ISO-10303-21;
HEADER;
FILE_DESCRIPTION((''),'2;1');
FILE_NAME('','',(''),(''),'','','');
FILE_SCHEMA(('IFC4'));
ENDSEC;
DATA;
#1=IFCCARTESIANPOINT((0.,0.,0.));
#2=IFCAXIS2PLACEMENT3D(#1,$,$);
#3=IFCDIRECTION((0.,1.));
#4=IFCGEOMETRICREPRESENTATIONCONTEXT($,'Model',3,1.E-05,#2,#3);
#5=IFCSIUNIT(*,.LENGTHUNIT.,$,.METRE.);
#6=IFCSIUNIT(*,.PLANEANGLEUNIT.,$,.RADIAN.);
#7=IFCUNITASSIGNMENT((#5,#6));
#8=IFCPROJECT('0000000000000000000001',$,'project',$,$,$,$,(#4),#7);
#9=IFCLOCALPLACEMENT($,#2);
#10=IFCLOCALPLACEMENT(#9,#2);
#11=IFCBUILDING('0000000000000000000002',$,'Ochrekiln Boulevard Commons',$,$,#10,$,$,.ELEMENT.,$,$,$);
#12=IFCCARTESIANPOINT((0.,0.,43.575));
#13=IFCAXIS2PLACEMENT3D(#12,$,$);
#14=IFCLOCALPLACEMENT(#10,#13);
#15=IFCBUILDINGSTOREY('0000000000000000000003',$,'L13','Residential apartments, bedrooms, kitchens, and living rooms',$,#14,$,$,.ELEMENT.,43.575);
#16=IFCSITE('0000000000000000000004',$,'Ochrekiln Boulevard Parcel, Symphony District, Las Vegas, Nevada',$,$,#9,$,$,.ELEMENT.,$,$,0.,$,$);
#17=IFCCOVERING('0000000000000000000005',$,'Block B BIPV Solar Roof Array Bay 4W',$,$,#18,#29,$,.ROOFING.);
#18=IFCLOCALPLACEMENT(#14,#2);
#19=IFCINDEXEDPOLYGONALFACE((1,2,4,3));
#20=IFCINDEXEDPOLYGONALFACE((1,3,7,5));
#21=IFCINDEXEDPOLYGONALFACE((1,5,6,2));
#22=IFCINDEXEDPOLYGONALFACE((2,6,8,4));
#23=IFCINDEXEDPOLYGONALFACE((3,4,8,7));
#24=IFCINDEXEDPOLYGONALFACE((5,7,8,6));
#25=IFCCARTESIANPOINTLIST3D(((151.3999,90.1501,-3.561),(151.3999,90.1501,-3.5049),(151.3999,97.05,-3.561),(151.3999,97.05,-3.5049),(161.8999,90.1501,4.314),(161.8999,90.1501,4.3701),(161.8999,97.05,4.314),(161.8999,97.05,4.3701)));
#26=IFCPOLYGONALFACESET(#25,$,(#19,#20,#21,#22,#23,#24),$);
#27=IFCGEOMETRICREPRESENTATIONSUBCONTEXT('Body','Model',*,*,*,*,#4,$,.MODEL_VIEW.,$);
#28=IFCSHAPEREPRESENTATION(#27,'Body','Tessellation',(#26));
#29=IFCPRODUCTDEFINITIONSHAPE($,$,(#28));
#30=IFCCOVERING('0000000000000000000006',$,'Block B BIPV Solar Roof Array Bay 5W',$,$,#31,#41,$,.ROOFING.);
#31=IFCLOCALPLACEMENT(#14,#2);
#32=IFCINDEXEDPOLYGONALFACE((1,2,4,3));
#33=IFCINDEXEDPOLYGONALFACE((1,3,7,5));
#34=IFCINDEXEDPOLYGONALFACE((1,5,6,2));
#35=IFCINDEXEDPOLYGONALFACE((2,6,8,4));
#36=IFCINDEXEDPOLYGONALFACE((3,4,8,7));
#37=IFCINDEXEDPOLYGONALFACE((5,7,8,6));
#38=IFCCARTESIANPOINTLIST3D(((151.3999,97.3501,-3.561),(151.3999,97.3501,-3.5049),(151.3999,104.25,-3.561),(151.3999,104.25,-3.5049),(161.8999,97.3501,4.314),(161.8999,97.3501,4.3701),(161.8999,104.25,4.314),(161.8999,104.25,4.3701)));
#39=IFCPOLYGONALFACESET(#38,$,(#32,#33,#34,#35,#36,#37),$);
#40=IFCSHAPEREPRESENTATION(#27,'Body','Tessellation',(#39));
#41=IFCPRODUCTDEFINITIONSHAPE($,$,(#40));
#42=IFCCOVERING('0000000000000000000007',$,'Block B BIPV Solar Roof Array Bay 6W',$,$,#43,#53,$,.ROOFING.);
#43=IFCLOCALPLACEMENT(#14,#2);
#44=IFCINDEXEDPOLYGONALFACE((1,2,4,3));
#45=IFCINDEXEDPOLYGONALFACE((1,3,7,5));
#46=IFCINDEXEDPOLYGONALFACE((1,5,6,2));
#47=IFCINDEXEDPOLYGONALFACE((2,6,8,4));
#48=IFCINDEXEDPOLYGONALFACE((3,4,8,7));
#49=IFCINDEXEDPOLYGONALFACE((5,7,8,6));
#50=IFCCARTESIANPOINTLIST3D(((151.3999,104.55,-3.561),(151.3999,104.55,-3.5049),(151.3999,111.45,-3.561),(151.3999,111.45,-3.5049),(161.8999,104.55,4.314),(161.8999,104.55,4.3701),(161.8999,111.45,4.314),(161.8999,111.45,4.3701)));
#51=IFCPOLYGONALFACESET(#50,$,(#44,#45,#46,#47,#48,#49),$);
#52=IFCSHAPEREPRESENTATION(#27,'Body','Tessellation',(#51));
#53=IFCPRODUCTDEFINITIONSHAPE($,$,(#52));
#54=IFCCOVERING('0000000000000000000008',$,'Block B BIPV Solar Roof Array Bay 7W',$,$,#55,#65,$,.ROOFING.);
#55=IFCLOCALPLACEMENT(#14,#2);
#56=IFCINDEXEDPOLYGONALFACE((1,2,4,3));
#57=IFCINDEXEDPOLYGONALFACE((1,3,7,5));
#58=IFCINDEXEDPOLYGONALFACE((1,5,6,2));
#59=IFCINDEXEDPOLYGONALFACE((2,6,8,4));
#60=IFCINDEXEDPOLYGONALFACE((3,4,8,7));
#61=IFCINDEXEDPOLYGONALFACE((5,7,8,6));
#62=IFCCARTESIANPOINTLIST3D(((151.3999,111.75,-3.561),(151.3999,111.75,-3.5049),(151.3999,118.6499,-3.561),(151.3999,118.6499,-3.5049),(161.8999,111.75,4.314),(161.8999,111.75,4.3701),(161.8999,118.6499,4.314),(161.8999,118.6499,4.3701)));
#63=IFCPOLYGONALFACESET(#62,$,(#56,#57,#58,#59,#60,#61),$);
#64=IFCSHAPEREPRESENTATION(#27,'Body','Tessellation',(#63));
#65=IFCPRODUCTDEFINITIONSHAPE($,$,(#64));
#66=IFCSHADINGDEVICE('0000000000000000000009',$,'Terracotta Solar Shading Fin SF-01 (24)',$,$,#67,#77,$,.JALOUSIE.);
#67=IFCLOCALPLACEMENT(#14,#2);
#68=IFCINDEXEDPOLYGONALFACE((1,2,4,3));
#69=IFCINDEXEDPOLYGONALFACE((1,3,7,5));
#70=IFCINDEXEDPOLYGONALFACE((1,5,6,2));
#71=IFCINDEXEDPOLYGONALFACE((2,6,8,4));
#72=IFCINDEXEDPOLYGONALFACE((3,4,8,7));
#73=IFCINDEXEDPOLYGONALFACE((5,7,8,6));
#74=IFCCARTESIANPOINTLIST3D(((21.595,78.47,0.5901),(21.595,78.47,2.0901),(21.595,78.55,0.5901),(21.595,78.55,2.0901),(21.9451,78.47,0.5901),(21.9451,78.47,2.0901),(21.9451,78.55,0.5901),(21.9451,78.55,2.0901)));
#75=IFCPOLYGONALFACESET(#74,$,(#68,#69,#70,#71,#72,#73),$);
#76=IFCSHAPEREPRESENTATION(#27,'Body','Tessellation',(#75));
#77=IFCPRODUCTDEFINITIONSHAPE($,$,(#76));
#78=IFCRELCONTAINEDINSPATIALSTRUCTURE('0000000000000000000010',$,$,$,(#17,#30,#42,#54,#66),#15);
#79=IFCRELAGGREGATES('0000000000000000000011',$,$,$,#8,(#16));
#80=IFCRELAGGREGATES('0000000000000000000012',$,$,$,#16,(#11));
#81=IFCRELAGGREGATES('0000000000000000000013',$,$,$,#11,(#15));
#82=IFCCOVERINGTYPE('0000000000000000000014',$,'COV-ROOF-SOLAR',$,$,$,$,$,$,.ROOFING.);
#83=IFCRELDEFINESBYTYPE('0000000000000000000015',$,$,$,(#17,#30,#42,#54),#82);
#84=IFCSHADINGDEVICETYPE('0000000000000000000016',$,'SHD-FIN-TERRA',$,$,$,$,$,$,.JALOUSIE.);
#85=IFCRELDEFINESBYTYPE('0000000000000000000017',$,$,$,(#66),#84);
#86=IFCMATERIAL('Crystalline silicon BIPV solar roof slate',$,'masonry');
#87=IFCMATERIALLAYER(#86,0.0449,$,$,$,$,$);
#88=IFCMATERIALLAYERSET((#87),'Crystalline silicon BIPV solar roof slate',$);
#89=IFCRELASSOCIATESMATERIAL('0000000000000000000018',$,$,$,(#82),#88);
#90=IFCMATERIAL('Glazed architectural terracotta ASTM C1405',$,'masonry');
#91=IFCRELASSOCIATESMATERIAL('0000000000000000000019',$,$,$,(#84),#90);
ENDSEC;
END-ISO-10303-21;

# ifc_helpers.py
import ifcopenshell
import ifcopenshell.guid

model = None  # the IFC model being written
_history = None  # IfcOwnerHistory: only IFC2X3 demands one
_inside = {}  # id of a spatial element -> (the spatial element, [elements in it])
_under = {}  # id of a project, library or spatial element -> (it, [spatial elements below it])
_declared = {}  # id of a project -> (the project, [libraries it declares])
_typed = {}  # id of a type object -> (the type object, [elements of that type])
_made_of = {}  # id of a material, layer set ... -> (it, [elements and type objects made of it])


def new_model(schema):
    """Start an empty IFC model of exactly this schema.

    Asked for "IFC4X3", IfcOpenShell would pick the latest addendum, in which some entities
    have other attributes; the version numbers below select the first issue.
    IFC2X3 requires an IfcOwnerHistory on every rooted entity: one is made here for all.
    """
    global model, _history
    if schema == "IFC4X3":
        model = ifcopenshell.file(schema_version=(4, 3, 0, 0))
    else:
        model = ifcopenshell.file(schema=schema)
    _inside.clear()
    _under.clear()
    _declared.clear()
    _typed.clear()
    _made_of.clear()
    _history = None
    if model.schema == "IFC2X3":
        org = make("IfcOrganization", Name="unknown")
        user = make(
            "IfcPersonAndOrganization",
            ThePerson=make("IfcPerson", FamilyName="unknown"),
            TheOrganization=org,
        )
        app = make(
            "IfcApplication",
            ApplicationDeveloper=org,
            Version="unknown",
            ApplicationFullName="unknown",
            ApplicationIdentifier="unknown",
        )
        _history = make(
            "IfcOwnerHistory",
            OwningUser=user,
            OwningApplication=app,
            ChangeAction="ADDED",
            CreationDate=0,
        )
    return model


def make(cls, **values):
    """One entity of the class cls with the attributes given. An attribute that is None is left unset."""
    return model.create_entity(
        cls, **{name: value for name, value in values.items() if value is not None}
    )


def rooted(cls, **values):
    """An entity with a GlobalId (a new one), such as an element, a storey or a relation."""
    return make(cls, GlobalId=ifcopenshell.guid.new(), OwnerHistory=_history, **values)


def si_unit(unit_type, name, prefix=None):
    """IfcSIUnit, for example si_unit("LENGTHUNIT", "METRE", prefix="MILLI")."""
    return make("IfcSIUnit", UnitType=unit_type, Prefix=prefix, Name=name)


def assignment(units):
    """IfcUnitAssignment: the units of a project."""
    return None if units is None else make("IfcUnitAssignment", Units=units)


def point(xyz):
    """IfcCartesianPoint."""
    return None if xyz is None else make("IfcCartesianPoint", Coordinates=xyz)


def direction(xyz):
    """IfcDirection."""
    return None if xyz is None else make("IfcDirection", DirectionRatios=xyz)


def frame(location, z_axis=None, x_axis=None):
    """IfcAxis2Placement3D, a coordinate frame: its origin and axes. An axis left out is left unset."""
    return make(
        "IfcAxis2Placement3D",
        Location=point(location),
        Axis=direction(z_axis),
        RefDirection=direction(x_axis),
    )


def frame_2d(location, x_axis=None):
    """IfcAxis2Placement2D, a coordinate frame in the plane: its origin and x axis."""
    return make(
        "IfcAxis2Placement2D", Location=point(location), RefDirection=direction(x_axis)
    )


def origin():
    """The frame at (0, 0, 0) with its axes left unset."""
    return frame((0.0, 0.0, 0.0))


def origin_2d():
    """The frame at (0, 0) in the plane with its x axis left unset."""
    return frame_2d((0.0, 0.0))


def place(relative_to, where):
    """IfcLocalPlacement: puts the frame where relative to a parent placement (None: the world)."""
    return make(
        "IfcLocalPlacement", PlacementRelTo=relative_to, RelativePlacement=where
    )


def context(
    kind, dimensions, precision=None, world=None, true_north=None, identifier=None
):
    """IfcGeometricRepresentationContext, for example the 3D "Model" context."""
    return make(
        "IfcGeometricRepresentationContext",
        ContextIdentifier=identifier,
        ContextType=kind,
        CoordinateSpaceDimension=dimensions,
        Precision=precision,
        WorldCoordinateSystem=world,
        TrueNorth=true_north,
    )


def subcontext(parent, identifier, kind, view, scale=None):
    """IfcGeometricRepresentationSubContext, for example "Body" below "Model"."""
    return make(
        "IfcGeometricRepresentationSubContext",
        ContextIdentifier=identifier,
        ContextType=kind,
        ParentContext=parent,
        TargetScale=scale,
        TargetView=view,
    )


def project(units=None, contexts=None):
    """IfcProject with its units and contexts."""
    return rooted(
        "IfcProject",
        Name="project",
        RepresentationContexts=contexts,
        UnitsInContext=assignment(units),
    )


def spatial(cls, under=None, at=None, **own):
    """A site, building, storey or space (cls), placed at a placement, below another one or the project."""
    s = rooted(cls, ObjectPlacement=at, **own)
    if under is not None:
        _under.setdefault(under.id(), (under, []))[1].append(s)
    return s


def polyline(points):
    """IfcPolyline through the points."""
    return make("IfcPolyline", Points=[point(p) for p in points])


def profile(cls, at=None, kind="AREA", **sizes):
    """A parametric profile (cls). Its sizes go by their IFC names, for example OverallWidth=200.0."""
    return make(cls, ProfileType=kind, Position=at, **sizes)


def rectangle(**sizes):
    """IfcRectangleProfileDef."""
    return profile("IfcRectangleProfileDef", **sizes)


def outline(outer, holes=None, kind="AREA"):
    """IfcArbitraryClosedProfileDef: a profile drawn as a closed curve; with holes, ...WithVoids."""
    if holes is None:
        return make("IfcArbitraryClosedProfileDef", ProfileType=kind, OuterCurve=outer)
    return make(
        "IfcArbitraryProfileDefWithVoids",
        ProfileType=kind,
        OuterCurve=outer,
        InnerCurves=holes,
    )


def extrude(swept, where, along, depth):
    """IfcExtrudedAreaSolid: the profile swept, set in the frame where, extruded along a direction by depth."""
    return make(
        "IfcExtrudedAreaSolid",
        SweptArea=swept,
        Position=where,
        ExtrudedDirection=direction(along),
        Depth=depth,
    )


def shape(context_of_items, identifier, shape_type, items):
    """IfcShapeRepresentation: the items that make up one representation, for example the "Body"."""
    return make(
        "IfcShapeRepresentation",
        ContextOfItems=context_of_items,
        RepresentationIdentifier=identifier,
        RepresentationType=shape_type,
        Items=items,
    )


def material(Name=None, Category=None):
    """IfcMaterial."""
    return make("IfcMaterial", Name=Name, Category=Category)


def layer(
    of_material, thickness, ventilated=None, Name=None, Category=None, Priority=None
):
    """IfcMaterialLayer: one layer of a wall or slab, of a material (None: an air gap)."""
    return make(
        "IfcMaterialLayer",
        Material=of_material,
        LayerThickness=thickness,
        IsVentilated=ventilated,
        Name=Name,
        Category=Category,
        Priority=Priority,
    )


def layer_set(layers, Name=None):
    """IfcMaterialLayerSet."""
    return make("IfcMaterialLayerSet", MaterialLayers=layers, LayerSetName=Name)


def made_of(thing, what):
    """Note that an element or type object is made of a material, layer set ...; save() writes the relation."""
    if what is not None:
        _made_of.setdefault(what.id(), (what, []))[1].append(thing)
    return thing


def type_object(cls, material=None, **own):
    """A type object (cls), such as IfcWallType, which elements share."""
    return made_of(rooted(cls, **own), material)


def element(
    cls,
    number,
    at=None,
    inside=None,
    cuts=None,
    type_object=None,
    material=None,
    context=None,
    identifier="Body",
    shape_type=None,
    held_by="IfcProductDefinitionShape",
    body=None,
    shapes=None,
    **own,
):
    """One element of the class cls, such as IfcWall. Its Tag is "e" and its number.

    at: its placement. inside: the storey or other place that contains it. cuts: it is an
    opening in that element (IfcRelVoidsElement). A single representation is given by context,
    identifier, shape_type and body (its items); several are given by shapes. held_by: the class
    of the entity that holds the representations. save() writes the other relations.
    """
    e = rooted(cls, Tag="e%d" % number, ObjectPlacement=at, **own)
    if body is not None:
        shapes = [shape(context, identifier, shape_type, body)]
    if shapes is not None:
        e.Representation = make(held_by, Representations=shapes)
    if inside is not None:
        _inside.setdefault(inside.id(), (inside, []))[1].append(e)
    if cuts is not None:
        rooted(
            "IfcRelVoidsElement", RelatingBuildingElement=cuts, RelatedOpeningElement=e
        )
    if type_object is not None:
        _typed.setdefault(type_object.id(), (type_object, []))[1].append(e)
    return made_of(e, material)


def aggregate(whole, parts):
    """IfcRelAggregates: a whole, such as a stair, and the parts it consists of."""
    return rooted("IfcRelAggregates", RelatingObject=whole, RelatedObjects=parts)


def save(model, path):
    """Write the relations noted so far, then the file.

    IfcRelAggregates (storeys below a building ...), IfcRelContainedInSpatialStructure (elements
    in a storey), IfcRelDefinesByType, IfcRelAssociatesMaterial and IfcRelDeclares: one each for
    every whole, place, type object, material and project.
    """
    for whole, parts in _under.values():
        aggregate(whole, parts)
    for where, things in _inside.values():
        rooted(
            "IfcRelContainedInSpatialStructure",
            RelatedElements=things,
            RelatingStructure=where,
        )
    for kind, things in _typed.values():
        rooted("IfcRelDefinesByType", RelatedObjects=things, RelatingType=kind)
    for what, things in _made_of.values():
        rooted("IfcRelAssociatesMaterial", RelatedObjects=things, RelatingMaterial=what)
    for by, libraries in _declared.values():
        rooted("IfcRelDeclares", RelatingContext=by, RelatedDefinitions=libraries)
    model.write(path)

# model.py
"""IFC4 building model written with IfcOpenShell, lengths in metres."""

from ifc_helpers import new_model, si_unit, direction, frame, origin, origin_2d, place, context, subcontext, project, spatial, polyline, rectangle, outline, extrude, material, layer, layer_set, type_object, element, save


model = new_model("IFC4")

# Units and contexts
model_context = context("Model", 3, precision=1e-05, world=origin(), true_north=direction((0.0, 1.0)))
body_context = subcontext(model_context, "Body", "Model", "MODEL_VIEW")
ifc_project = project(units=[si_unit("LENGTHUNIT", "METRE"), si_unit("PLANEANGLEUNIT", "RADIAN")], contexts=[model_context])

# Site, building, storey
site_placement = place(None, origin())
site = spatial("IfcSite", under=ifc_project, at=site_placement, Name="Ochrekiln Boulevard Parcel, Symphony District, Las Vegas, Nevada", CompositionType="ELEMENT", RefElevation=0.0)
building_placement = place(site_placement, origin())
building = spatial("IfcBuilding", under=site, at=building_placement, Name="Ochrekiln Boulevard Commons", CompositionType="ELEMENT")
storey_placement = place(building_placement, frame((0.0, 0.0, 43.575)))
storey = spatial("IfcBuildingStorey", under=building, at=storey_placement, Name="L13", Description="Residential apartments, bedrooms, kitchens, and living rooms", CompositionType="ELEMENT", Elevation=43.575)

# Coverings
ifc_material_1 = material(Name="Crystalline silicon BIPV solar roof slate", Category="masonry")
ifc_layer_1 = layer(ifc_material_1, 0.0449)
ifc_layer_set_1 = layer_set([ifc_layer_1], Name="Crystalline silicon BIPV solar roof slate")
covering_type = type_object("IfcCoveringType", Name="COV-ROOF-SOLAR", PredefinedType="ROOFING", material=ifc_layer_set_1)
for number, where, z_axis, x_axis, name in (
    (1, (151.3999, 97.05, -3.5049), (0.0, -1.0, 0.0), (1.0, 0.0, 0.0), "Block B BIPV Solar Roof Array Bay 4W"),
    (2, (151.3999, 104.25, -3.5049), (0.0, -1.0, 0.0), (1.0, 0.0, 0.0), "Block B BIPV Solar Roof Array Bay 5W"),
    (3, (151.3999, 111.45, -3.5049), (0.0, -1.0, 0.0), (1.0, 0.0, 0.0), "Block B BIPV Solar Roof Array Bay 6W"),
    (4, (151.3999, 118.6499, -3.5049), (0.0, -1.0, 0.0), (1.0, 0.0, 0.0), "Block B BIPV Solar Roof Array Bay 7W"),
):
    element("IfcCovering", number, at=place(storey_placement, frame(where, z_axis=z_axis, x_axis=x_axis)), inside=storey, type_object=covering_type, Name=name, PredefinedType="ROOFING", context=body_context, shape_type="SweptSolid", body=[
        extrude(outline(polyline([(0.0, 0.0), (10.5, 7.875), (10.5, 7.8188), (0.0, -0.0562), (0.0, 0.0)])), origin(), (0.0, 0.0, 1.0), 6.8999),
    ])

# Shading device
ifc_material_2 = material(Name="Glazed architectural terracotta ASTM C1405", Category="masonry")
shading_device_type = type_object("IfcShadingDeviceType", Name="SHD-FIN-TERRA", PredefinedType="JALOUSIE", material=ifc_material_2)
shading_device_placement = place(storey_placement, frame((21.77, 78.51, 0.5901), z_axis=(0.0, 0.0, 1.0), x_axis=(1.0, 0.0, 0.0)))
element("IfcShadingDevice", 5, at=shading_device_placement, inside=storey, type_object=shading_device_type, Name="Terracotta Solar Shading Fin SF-01 (24)", PredefinedType="JALOUSIE", context=body_context, shape_type="SweptSolid", body=[
    extrude(rectangle(XDim=0.3501, YDim=0.0801, at=origin_2d()), origin(), (0.0, 0.0, 1.0), 1.5),
])

save(model, "model.ifc")
